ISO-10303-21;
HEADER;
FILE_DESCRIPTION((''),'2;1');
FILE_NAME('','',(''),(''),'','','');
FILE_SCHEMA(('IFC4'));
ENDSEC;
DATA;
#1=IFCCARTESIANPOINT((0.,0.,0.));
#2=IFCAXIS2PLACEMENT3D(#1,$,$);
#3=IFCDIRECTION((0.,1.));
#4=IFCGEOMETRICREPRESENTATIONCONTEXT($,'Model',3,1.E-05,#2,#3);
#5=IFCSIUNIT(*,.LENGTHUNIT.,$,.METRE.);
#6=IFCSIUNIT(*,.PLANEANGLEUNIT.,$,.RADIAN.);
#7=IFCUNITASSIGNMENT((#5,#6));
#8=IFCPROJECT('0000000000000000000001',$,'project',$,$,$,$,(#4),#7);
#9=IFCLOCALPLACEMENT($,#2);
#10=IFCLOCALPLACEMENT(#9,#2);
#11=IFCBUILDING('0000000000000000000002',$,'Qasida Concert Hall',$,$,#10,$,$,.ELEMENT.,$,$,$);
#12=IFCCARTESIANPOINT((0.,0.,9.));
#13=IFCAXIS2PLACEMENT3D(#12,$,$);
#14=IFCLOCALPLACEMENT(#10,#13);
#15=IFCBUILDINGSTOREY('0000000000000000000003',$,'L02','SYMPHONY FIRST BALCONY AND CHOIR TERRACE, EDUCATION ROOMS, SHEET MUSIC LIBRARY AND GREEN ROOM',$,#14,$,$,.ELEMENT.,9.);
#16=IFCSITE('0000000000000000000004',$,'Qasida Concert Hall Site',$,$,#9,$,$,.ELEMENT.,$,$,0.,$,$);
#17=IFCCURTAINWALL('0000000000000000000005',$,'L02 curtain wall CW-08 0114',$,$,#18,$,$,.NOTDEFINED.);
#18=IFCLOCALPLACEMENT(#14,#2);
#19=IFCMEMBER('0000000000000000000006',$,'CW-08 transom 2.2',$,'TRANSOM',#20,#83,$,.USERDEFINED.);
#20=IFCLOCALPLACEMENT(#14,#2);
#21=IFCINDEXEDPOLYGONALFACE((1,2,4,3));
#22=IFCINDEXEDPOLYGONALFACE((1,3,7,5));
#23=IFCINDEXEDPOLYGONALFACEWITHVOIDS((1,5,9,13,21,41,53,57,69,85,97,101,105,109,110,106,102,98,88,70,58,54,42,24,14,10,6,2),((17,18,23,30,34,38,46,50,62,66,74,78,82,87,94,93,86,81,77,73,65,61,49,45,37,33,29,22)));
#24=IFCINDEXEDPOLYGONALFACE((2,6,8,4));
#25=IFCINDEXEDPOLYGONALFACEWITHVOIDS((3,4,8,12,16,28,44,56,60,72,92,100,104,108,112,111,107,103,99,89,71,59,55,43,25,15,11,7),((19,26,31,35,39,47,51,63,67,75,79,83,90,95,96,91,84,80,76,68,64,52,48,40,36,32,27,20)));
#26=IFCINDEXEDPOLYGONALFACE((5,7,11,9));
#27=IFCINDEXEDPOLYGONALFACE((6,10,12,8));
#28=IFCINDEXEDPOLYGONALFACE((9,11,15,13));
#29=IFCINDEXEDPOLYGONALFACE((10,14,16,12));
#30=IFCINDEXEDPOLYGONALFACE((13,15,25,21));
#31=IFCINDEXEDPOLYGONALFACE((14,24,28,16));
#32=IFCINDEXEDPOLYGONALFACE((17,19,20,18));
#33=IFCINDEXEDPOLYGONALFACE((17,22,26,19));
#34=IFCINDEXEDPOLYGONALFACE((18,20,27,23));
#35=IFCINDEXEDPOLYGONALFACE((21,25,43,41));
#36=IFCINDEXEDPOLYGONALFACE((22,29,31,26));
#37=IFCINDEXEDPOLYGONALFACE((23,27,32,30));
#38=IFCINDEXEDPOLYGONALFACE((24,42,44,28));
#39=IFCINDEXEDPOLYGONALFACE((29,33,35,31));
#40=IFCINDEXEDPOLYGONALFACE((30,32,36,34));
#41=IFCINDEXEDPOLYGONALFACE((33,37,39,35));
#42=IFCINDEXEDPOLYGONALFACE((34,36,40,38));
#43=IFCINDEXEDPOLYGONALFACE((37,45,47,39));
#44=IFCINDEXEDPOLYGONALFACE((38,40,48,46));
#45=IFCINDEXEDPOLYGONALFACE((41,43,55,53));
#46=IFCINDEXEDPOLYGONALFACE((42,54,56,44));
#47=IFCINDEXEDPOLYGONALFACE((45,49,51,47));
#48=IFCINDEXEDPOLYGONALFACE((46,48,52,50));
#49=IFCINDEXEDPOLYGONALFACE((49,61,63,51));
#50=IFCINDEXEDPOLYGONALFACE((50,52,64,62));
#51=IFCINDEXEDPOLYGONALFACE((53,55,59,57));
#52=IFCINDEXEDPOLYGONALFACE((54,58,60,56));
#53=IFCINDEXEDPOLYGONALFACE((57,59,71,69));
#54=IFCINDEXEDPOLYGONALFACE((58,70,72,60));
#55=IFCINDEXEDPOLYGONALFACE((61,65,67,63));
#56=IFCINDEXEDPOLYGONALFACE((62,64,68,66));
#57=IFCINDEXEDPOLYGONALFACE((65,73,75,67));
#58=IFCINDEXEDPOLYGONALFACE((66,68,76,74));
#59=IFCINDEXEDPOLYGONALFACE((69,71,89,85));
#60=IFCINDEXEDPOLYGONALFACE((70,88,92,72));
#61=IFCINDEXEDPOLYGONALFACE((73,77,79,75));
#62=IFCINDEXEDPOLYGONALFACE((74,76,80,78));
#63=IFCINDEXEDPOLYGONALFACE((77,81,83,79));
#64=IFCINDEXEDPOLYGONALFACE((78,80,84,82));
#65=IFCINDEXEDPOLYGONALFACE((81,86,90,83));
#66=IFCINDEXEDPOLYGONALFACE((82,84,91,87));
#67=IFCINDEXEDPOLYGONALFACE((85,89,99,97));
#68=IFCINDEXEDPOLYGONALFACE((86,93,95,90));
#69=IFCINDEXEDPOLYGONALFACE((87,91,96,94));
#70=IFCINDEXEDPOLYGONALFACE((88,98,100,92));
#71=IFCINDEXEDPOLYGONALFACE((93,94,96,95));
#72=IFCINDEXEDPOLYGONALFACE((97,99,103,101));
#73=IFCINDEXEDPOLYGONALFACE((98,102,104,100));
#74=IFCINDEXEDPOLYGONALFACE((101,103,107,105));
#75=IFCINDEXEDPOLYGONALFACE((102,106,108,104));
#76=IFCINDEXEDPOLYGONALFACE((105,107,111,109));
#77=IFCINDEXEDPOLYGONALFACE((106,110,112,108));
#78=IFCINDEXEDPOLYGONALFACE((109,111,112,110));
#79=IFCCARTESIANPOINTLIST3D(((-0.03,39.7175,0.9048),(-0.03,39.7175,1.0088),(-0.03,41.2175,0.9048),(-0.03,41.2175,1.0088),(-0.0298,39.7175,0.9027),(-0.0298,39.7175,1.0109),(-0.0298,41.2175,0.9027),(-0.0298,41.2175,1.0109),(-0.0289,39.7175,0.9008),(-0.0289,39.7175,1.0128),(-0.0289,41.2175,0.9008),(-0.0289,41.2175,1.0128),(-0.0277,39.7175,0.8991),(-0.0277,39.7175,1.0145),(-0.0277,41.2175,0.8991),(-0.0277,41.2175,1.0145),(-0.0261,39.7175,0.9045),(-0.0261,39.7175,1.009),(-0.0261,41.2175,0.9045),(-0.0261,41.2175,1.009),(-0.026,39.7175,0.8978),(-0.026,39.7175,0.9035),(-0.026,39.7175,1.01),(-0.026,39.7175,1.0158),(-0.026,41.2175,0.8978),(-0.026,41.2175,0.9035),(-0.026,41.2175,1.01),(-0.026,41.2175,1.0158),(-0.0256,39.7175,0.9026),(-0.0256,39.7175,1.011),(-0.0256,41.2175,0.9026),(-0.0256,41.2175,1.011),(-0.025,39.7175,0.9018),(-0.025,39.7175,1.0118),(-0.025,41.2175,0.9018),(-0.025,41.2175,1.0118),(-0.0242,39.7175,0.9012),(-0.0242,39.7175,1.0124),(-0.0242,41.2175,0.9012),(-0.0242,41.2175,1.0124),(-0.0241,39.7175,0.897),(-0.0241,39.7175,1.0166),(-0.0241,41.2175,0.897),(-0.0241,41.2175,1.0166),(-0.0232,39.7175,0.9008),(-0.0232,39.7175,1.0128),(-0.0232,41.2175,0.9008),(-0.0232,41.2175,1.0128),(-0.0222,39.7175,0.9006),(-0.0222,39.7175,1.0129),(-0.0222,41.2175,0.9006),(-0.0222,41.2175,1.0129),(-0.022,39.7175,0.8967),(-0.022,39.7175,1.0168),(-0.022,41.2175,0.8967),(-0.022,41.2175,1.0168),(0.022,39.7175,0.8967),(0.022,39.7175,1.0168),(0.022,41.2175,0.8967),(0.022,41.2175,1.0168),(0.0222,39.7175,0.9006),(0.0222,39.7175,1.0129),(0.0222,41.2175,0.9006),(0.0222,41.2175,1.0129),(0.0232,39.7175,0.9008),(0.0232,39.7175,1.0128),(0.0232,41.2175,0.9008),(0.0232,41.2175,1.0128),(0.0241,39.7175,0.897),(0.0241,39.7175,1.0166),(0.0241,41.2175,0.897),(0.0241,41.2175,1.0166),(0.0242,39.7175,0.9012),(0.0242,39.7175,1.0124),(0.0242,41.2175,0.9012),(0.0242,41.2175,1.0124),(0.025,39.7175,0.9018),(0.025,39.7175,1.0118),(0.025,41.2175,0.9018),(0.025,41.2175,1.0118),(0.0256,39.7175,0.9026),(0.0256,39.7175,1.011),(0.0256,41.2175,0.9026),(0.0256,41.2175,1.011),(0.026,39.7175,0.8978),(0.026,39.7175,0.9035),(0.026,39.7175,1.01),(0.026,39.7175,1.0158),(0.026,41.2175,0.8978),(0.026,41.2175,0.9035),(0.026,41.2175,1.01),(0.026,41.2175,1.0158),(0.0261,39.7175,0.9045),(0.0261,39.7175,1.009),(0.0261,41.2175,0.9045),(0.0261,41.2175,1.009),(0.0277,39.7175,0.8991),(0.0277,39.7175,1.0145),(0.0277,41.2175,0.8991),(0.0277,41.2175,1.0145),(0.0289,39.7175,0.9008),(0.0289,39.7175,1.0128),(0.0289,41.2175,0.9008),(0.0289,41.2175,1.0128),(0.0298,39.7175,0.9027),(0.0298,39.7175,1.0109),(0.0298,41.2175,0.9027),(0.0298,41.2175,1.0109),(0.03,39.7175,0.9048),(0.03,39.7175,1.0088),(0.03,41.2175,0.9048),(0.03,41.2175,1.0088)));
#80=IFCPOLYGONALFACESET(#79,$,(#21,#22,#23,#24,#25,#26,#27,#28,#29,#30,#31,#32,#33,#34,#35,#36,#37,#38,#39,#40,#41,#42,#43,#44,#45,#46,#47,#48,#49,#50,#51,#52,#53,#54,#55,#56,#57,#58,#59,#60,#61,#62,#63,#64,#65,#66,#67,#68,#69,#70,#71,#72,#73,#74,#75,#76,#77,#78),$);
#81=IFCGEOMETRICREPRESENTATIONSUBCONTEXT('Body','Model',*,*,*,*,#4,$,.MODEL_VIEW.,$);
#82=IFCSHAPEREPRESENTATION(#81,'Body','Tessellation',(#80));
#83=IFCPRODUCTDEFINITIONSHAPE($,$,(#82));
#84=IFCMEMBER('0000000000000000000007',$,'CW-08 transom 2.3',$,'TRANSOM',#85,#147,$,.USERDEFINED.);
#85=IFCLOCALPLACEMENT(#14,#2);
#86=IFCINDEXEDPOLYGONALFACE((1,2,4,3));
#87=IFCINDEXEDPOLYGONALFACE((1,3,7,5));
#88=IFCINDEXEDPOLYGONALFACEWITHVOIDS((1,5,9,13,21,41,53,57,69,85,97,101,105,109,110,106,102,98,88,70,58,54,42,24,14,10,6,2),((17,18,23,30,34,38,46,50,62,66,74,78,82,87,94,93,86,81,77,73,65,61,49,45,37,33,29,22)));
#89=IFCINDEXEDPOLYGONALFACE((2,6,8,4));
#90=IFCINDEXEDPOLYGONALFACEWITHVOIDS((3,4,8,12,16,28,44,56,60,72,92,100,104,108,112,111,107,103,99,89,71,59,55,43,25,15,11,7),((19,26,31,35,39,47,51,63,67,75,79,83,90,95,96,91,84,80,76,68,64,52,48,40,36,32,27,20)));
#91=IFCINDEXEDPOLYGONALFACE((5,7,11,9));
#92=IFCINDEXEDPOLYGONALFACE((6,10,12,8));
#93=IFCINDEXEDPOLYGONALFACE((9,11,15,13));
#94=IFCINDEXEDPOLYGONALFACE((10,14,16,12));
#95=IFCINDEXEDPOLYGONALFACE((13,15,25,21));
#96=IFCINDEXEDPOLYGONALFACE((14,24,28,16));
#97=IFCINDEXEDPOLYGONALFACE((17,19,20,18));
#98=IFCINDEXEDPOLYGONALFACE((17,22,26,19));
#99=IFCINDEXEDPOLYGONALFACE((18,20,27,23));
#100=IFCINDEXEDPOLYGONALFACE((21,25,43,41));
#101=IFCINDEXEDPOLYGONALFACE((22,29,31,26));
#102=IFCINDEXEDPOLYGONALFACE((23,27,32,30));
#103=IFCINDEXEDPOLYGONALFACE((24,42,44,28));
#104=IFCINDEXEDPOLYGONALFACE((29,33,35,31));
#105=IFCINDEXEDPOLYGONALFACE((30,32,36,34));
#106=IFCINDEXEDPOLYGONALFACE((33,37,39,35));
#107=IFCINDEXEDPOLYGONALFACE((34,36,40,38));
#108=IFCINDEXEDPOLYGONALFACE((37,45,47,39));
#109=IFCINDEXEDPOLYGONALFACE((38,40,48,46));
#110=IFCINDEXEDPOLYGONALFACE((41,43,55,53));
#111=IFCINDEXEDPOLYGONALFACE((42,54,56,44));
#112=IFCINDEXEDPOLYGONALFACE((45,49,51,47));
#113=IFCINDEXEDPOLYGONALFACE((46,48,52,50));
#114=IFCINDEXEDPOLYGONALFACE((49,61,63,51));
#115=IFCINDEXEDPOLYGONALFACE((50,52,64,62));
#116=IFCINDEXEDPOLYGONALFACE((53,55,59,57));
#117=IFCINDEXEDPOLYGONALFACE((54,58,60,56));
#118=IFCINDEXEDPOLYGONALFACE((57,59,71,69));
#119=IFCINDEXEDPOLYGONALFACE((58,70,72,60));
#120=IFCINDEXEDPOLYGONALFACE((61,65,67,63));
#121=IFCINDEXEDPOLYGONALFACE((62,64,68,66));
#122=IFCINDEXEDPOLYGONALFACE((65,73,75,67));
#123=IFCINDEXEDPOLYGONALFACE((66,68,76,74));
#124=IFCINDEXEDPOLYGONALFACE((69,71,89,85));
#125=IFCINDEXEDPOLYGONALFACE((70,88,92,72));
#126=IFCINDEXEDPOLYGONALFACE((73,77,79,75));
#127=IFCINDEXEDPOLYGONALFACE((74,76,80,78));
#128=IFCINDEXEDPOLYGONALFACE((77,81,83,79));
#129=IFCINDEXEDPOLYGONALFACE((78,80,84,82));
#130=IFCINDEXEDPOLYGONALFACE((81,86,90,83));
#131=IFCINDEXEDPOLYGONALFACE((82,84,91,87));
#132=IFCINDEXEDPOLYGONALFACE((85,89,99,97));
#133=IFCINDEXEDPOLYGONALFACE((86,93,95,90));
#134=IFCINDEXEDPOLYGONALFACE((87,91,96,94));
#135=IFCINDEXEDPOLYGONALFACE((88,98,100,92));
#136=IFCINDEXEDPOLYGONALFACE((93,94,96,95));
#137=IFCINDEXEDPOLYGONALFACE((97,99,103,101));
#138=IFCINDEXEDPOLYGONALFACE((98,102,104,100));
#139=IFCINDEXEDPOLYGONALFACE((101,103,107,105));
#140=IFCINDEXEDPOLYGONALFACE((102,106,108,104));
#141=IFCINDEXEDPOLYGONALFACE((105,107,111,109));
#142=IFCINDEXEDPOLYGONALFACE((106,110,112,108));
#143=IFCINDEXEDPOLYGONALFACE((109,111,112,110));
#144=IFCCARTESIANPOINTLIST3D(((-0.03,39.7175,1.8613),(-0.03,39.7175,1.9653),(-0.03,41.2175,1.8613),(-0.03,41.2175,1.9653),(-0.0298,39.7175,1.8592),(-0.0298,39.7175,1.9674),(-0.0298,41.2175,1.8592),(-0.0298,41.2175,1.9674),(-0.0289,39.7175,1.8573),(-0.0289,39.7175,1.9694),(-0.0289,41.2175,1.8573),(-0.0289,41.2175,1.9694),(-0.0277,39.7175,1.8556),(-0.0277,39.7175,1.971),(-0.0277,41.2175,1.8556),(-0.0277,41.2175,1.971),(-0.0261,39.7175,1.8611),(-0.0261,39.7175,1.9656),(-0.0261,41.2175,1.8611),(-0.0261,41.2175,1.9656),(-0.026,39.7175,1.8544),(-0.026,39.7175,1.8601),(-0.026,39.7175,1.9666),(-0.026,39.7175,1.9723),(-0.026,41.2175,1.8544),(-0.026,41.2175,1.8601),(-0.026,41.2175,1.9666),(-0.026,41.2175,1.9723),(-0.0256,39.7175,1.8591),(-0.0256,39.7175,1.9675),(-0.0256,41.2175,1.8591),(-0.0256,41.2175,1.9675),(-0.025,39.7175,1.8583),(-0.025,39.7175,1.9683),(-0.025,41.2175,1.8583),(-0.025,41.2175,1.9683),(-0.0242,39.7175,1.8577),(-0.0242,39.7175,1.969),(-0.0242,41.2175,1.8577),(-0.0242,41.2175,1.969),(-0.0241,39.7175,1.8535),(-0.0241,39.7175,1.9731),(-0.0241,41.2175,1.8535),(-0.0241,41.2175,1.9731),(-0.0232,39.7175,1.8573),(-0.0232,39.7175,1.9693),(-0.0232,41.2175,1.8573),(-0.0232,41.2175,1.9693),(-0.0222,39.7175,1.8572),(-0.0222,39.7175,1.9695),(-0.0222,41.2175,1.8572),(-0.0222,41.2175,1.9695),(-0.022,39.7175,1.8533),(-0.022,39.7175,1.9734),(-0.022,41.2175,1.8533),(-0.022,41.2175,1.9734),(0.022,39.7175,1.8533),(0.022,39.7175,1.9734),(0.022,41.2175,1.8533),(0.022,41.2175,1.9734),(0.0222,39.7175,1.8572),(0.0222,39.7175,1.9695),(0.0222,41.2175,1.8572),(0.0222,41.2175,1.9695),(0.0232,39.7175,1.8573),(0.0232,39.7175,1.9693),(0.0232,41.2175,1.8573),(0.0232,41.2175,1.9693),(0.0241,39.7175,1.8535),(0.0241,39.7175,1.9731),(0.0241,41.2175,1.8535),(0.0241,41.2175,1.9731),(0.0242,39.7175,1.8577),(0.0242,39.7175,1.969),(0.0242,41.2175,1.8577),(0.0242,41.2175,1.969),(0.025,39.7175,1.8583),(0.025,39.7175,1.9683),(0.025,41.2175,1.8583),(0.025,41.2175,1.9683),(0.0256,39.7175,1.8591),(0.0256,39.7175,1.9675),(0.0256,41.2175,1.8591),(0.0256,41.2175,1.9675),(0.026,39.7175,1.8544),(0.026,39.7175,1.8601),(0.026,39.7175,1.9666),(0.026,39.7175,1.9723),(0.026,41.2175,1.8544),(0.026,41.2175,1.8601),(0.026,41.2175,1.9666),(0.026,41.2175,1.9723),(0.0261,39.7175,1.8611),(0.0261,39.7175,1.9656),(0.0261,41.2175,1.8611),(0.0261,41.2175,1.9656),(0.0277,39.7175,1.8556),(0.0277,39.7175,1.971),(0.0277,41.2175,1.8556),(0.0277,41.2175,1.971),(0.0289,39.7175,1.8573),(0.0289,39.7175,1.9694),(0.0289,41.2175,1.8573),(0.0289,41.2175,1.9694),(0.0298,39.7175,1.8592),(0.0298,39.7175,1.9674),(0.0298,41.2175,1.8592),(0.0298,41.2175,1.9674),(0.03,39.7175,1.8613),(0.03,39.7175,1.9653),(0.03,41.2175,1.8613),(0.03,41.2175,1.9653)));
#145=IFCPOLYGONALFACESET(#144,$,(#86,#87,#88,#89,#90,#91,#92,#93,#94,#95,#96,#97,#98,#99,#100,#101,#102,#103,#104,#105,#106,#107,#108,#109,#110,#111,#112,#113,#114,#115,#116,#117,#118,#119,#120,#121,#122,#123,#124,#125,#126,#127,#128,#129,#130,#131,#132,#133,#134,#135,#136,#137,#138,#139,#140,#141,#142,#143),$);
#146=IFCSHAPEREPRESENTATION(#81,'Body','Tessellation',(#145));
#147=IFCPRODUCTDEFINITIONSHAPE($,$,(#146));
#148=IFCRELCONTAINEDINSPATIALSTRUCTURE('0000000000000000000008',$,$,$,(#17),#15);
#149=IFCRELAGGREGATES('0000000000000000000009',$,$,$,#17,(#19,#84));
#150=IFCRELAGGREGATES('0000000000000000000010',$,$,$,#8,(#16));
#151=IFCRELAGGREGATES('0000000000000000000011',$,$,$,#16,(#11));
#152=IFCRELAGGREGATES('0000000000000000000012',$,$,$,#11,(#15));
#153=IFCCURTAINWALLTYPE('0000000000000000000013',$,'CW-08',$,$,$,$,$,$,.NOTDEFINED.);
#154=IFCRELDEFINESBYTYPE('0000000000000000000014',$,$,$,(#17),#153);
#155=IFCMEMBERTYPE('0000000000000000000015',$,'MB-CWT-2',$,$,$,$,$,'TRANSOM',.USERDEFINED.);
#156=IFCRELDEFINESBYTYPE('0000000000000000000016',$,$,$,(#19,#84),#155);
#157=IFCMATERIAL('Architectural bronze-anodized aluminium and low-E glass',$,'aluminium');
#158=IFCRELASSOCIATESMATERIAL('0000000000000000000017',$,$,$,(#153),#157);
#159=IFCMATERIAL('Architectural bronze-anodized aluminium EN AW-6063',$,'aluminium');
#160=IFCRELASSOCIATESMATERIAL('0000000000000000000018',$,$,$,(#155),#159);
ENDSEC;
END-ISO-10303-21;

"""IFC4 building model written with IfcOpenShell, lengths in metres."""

from ifc_helpers import new_model, si_unit, direction, frame, origin, origin_2d, place, context, subcontext, project, spatial, hollow_rectangle, extrude, material, material_profile, profile_set, type_object, element, aggregate, save


model = new_model("IFC4")

# Units and contexts
model_context = context("Model", 3, precision=1e-05, world=origin(), true_north=direction((0.0, 1.0)))
body_context = subcontext(model_context, "Body", "Model", "MODEL_VIEW")
ifc_project = project(units=[si_unit("LENGTHUNIT", "METRE"), si_unit("PLANEANGLEUNIT", "RADIAN")], contexts=[model_context])

# Site, building, storey
site_placement = place(None, origin())
site = spatial("IfcSite", under=ifc_project, at=site_placement, Name="Qasida Concert Hall Site", CompositionType="ELEMENT", RefElevation=0.0)
building_placement = place(site_placement, origin())
building = spatial("IfcBuilding", under=site, at=building_placement, Name="Qasida Concert Hall", CompositionType="ELEMENT")
storey_placement = place(building_placement, frame((0.0, 0.0, 9.0)))
storey = spatial("IfcBuildingStorey", under=building, at=storey_placement, Name="L02", Description="SYMPHONY FIRST BALCONY AND CHOIR TERRACE, EDUCATION ROOMS, SHEET MUSIC LIBRARY AND GREEN ROOM", CompositionType="ELEMENT", Elevation=9.0)

# Curtain wall, members
ifc_material_1 = material(Name="Architectural bronze-anodized aluminium and low-E glass", Category="aluminium")
curtain_wall_type = type_object("IfcCurtainWallType", Name="CW-08", PredefinedType="NOTDEFINED", material=ifc_material_1)
curtain_wall_placement = place(storey_placement, origin())
curtain_wall = element("IfcCurtainWall", 1, at=curtain_wall_placement, inside=storey, type_object=curtain_wall_type, Name="L02 curtain wall CW-08 0114", PredefinedType="NOTDEFINED")
ifc_material_2 = material(Name="Architectural bronze-anodized aluminium EN AW-6063", Category="aluminium")
ifc_material_profile_1 = material_profile(ifc_material_2, hollow_rectangle(XDim=0.0601, YDim=0.1201, WallThickness=0.0039, InnerFilletRadius=0.0039, OuterFilletRadius=0.0081, at=origin_2d()), Name="CWT 120x60x4")
ifc_profile_set_1 = profile_set([ifc_material_profile_1], Name="Architectural bronze-anodized aluminium EN AW-6063")
member_type_1 = type_object("IfcMemberType", Name="MB-CWT-2", ElementType="TRANSOM", PredefinedType="USERDEFINED", material=ifc_profile_set_1)
member_1_placement = place(storey_placement, frame((0.0, 39.7175, 0.9568), z_axis=(0.0, 1.0, 0.0), x_axis=(-1.0, 0.0, 0.0)))
member_1 = element("IfcMember", 2, at=member_1_placement, type_object=member_type_1, Name="CW-08 transom 2.2", ObjectType="TRANSOM", PredefinedType="USERDEFINED", context=body_context, shape_type="SweptSolid", body=[
    extrude(hollow_rectangle(XDim=0.0601, YDim=0.1201, WallThickness=0.0039, InnerFilletRadius=0.0039, OuterFilletRadius=0.0081, at=origin_2d()), origin(), (0.0, 0.0, 1.0), 1.5),
])
member_2_placement = place(storey_placement, frame((0.0, 39.7175, 1.9133), z_axis=(0.0, 1.0, 0.0), x_axis=(-1.0, 0.0, 0.0)))
member_2 = element("IfcMember", 3, at=member_2_placement, type_object=member_type_1, Name="CW-08 transom 2.3", ObjectType="TRANSOM", PredefinedType="USERDEFINED", context=body_context, shape_type="SweptSolid", body=[
    extrude(hollow_rectangle(XDim=0.0601, YDim=0.1201, WallThickness=0.0039, InnerFilletRadius=0.0039, OuterFilletRadius=0.0081, at=origin_2d()), origin(), (0.0, 0.0, 1.0), 1.5),
])
aggregate(curtain_wall, [member_1, member_2])

save(model, "model.ifc")
